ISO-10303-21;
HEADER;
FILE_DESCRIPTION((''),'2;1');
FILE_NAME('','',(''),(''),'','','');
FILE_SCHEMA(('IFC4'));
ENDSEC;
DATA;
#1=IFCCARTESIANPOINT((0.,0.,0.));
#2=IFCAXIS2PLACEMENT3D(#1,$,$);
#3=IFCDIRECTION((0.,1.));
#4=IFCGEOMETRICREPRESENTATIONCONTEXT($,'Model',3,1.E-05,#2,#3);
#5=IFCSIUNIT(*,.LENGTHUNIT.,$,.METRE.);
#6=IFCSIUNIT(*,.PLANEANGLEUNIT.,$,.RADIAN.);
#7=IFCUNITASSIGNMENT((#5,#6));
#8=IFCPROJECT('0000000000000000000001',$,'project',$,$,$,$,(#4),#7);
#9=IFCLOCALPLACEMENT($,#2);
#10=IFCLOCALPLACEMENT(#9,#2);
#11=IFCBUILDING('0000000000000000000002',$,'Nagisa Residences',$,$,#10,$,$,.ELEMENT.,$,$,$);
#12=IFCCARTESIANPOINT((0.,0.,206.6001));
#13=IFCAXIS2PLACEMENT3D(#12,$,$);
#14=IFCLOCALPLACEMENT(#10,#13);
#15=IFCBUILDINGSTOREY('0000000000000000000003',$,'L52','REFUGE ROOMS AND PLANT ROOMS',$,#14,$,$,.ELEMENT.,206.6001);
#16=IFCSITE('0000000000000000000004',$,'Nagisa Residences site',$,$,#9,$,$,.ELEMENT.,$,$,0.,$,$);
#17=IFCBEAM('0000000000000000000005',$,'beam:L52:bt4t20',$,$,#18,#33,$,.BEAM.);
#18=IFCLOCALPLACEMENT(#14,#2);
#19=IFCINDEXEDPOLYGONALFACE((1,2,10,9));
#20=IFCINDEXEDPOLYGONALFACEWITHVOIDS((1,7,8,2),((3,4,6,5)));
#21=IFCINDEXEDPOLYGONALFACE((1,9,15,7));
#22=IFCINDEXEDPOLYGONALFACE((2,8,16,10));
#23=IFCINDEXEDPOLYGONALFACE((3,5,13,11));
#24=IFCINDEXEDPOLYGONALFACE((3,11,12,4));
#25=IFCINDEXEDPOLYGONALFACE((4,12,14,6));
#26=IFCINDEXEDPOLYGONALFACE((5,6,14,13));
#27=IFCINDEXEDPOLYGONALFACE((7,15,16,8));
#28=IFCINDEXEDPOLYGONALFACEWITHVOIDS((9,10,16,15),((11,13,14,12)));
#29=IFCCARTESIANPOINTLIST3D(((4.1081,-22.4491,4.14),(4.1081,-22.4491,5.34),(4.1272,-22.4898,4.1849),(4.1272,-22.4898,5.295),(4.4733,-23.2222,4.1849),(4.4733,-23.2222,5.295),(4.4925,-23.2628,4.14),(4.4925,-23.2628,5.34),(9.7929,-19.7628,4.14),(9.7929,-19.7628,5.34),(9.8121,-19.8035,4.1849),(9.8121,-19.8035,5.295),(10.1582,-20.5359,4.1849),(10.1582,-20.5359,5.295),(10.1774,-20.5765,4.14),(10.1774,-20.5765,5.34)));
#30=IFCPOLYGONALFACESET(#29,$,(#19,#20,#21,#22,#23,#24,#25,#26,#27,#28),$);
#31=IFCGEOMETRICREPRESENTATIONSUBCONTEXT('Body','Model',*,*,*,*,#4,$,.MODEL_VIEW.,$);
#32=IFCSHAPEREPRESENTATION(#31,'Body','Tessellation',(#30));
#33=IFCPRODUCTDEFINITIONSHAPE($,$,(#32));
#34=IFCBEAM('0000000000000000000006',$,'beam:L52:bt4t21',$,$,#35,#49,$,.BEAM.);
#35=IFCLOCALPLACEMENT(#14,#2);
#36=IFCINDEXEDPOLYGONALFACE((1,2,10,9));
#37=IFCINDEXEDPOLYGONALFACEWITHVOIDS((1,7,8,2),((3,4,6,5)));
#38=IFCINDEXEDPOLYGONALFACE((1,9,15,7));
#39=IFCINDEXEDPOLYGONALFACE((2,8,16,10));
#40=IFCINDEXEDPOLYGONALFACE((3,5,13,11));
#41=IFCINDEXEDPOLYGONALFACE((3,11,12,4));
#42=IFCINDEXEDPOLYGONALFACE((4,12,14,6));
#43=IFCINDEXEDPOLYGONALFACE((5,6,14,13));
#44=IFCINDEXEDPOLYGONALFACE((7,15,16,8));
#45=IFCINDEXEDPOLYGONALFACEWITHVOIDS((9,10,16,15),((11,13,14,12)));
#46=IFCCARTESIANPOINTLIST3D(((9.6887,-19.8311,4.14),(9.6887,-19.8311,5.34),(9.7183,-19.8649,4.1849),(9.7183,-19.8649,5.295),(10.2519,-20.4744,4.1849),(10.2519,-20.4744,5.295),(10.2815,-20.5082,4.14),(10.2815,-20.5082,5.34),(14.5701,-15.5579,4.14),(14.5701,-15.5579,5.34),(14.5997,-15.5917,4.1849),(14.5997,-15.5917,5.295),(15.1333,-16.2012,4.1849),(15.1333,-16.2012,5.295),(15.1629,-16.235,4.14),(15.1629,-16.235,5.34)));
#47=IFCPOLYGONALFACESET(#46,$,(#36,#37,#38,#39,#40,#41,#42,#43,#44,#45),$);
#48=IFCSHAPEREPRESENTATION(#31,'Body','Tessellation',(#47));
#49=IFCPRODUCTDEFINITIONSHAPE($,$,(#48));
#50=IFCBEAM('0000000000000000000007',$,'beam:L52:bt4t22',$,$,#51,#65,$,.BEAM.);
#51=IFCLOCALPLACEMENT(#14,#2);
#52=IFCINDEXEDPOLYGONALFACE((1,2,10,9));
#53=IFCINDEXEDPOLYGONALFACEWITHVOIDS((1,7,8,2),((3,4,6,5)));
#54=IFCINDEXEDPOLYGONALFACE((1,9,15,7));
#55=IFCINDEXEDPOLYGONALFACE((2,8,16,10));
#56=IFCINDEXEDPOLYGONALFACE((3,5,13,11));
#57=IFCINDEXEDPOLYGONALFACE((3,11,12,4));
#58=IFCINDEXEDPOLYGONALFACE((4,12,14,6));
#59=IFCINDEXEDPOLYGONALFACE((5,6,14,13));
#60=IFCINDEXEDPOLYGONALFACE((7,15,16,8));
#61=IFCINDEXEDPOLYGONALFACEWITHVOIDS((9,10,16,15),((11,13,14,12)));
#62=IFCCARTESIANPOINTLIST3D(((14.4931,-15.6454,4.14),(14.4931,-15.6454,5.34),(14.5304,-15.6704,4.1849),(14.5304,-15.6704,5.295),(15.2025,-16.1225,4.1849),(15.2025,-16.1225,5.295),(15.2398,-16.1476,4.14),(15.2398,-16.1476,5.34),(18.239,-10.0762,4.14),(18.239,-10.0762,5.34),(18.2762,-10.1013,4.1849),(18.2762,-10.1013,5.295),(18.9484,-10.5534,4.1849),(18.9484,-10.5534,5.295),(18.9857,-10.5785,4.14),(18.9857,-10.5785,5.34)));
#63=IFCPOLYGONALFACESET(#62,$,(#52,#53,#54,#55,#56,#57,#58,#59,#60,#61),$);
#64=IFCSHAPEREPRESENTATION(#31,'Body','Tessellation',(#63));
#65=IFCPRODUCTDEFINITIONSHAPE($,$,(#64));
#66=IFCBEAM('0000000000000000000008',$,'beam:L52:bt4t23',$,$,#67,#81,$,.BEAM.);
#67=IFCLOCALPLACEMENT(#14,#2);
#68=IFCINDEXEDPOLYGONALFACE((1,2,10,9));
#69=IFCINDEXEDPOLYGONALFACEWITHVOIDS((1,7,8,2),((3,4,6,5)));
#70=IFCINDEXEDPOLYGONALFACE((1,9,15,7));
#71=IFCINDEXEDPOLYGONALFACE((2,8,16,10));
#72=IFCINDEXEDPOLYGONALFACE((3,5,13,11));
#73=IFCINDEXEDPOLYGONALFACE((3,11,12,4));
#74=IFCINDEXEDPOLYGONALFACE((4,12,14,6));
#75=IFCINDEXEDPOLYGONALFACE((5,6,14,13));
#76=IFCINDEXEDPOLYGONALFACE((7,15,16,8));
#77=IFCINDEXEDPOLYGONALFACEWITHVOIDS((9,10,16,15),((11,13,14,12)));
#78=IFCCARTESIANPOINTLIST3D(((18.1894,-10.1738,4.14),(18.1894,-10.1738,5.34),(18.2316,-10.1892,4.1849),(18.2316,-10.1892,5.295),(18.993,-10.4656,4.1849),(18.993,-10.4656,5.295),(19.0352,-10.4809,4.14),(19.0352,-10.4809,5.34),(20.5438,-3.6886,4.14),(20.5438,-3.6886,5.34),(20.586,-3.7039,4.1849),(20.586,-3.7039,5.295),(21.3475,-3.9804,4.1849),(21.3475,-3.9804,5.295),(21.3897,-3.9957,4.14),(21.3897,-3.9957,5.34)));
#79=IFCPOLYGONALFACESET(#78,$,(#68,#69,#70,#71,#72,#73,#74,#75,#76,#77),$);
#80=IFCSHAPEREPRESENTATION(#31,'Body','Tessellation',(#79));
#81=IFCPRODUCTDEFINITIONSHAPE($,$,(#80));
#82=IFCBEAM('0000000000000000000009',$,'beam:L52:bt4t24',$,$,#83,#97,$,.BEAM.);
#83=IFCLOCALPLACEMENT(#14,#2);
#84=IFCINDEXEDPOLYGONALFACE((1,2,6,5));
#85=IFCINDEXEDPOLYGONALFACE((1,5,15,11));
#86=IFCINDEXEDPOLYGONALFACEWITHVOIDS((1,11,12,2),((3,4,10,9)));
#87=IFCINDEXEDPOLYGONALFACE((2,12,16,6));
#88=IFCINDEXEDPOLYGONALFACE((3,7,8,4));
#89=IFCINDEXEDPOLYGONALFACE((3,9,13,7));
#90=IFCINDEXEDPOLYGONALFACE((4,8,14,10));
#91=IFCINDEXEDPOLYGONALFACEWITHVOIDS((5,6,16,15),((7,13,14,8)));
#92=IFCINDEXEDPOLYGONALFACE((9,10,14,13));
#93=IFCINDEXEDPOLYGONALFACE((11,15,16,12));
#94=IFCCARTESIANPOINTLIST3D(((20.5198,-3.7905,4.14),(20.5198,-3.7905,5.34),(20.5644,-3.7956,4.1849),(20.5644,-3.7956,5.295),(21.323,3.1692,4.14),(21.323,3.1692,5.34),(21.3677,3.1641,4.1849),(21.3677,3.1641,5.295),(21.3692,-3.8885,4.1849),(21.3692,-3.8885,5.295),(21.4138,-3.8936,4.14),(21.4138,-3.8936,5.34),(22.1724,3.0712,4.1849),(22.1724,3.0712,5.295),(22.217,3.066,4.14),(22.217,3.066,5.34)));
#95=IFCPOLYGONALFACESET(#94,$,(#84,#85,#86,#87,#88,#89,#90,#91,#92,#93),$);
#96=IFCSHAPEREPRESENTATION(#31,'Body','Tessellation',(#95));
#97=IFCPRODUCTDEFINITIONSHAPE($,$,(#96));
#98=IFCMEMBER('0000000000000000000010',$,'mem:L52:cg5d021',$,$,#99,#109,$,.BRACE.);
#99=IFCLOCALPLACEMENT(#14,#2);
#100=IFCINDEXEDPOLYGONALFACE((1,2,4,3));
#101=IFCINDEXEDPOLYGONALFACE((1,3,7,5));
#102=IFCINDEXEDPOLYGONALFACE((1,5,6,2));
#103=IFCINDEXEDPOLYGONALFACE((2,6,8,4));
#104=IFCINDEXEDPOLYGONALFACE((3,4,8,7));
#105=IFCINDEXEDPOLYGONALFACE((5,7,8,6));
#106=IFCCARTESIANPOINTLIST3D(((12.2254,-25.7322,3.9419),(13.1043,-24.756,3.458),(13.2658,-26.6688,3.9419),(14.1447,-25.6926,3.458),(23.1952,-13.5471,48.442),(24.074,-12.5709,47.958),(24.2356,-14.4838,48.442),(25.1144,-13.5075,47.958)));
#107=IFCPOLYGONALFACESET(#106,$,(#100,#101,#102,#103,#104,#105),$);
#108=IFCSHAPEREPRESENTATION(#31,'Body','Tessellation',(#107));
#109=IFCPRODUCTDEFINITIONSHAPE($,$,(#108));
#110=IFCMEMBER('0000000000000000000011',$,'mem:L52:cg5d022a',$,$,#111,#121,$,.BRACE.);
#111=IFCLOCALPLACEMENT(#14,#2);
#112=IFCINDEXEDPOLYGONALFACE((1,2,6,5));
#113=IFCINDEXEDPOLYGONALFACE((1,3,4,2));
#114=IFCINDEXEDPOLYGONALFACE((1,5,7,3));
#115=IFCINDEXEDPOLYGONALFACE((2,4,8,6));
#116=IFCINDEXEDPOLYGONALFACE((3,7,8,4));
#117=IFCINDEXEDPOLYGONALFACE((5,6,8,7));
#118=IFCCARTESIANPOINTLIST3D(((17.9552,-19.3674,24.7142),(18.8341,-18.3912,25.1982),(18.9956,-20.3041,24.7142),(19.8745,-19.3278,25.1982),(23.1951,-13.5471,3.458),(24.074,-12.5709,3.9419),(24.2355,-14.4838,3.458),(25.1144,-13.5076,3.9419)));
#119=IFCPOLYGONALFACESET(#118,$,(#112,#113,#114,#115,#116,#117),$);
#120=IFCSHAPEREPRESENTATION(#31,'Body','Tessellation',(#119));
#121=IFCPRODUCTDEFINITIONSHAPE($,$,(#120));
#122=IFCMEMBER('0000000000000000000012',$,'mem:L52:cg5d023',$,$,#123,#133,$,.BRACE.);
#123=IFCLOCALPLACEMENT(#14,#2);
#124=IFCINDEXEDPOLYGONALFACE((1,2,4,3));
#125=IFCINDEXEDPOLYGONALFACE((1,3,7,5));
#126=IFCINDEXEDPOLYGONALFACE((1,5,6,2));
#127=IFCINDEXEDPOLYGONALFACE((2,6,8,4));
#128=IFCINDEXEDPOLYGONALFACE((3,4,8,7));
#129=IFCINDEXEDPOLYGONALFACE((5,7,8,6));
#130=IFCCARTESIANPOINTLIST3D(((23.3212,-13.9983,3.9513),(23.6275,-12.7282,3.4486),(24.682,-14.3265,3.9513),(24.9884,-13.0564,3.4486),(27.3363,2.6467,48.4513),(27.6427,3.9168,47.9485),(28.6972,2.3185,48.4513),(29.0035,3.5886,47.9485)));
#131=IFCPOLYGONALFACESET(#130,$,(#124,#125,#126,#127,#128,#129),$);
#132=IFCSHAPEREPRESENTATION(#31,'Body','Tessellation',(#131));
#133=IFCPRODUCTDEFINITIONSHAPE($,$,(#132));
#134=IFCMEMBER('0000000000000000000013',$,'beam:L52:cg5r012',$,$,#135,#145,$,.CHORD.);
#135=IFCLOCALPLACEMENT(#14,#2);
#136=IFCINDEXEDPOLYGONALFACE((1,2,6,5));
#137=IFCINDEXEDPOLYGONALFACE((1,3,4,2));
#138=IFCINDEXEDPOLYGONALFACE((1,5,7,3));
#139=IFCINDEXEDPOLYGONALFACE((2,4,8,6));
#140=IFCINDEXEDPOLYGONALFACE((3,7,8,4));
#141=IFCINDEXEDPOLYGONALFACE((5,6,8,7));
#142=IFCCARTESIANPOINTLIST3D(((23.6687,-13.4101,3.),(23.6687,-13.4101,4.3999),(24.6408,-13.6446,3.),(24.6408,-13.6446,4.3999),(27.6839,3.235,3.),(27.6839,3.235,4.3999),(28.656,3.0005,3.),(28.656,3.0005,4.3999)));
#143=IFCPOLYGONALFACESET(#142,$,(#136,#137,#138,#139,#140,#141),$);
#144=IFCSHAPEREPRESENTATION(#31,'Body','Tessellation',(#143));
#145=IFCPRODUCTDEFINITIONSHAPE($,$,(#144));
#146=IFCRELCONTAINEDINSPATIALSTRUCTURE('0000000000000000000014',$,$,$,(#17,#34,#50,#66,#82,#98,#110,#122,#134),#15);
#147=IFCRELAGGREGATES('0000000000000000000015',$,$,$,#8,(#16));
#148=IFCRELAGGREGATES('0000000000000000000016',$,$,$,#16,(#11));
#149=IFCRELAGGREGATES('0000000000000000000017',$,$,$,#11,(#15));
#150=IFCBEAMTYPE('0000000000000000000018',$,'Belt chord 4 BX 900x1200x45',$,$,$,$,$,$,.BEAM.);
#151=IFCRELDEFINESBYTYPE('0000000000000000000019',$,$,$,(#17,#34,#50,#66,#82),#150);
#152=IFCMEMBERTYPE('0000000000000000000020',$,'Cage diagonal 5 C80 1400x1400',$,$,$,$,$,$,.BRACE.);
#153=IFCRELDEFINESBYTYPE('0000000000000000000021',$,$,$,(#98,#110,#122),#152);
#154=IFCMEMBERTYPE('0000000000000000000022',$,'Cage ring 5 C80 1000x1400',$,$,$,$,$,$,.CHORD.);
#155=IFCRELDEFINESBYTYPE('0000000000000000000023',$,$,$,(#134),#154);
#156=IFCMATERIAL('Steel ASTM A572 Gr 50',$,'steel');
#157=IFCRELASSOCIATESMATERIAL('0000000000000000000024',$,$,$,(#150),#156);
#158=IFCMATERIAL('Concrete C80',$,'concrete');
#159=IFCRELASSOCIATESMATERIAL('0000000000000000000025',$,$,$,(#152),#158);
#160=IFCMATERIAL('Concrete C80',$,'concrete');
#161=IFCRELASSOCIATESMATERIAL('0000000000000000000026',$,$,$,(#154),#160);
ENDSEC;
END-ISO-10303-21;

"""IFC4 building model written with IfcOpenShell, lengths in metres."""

from ifc_helpers import new_model, si_unit, direction, frame, origin, origin_2d, place, context, subcontext, project, spatial, rectangle, hollow_rectangle, extrude, material, material_profile, profile_set, type_object, element, save


model = new_model("IFC4")

# Units and contexts
model_context = context("Model", 3, precision=1e-05, world=origin(), true_north=direction((0.0, 1.0)))
body_context = subcontext(model_context, "Body", "Model", "MODEL_VIEW")
ifc_project = project(units=[si_unit("LENGTHUNIT", "METRE"), si_unit("PLANEANGLEUNIT", "RADIAN")], contexts=[model_context])

# Site, building, storey
site_placement = place(None, origin())
site = spatial("IfcSite", under=ifc_project, at=site_placement, Name="Nagisa Residences site", CompositionType="ELEMENT", RefElevation=0.0)
building_placement = place(site_placement, origin())
building = spatial("IfcBuilding", under=site, at=building_placement, Name="Nagisa Residences", CompositionType="ELEMENT")
storey_placement = place(building_placement, frame((0.0, 0.0, 206.6001)))
storey = spatial("IfcBuildingStorey", under=building, at=storey_placement, Name="L52", Description="REFUGE ROOMS AND PLANT ROOMS", CompositionType="ELEMENT", Elevation=206.6001)

# Beams
ifc_material_1 = material(Name="Steel ASTM A572 Gr 50", Category="steel")
ifc_material_profile_1 = material_profile(ifc_material_1, hollow_rectangle(XDim=0.8999, YDim=1.2, WallThickness=0.0449, at=origin_2d()), Name="BX 900x1200x45")
ifc_profile_set_1 = profile_set([ifc_material_profile_1], Name="Steel ASTM A572 Gr 50")
beam_type = type_object("IfcBeamType", Name="Belt chord 4 BX 900x1200x45", PredefinedType="BEAM", material=ifc_profile_set_1)
beam_1_placement = place(storey_placement, frame((4.3003, -22.856, 4.74), z_axis=(0.904139, 0.427238, 0.0), x_axis=(-0.427238, 0.904139, 0.0)))
element("IfcBeam", 1, at=beam_1_placement, inside=storey, type_object=beam_type, Name="beam:L52:bt4t20", PredefinedType="BEAM", context=body_context, shape_type="SweptSolid", body=[
    extrude(hollow_rectangle(XDim=0.8999, YDim=1.2, WallThickness=0.0449, at=origin_2d()), origin(), (0.0, 0.0, 1.0), 6.2876),
])
beam_2_placement = place(storey_placement, frame((9.9851, -20.1697, 4.74), z_axis=(0.752423, 0.65868, 0.0), x_axis=(-0.65868, 0.752423, 0.0)))
element("IfcBeam", 2, at=beam_2_placement, inside=storey, type_object=beam_type, Name="beam:L52:bt4t21", PredefinedType="BEAM", context=body_context, shape_type="SweptSolid", body=[
    extrude(hollow_rectangle(XDim=0.8999, YDim=1.2, WallThickness=0.0449, at=origin_2d()), origin(), (0.0, 0.0, 1.0), 6.4875),
])
beam_3_placement = place(storey_placement, frame((14.8665, -15.8965, 4.74), z_axis=(0.558112, 0.829766, 0.0), x_axis=(-0.829766, 0.558112, 0.0)))
element("IfcBeam", 3, at=beam_3_placement, inside=storey, type_object=beam_type, Name="beam:L52:bt4t22", PredefinedType="BEAM", context=body_context, shape_type="SweptSolid", body=[
    extrude(hollow_rectangle(XDim=0.8999, YDim=1.2, WallThickness=0.0449, at=origin_2d()), origin(), (0.0, 0.0, 1.0), 6.7117),
])
beam_4_placement = place(storey_placement, frame((18.6123, -10.3274, 4.74), z_axis=(0.341254, 0.939971, 0.0), x_axis=(-0.939971, 0.341254, 0.0)))
element("IfcBeam", 4, at=beam_4_placement, inside=storey, type_object=beam_type, Name="beam:L52:bt4t23", PredefinedType="BEAM", context=body_context, shape_type="SweptSolid", body=[
    extrude(hollow_rectangle(XDim=0.8999, YDim=1.2, WallThickness=0.0449, at=origin_2d()), origin(), (0.0, 0.0, 1.0), 6.8994),
])
beam_5_placement = place(storey_placement, frame((20.9668, -3.842, 4.74), z_axis=(0.114649, 0.993406, 0.0), x_axis=(-0.993406, 0.114649, 0.0)))
element("IfcBeam", 5, at=beam_5_placement, inside=storey, type_object=beam_type, Name="beam:L52:bt4t24", PredefinedType="BEAM", context=body_context, shape_type="SweptSolid", body=[
    extrude(hollow_rectangle(XDim=0.8999, YDim=1.2, WallThickness=0.0449, at=origin_2d()), origin(), (0.0, 0.0, 1.0), 7.0059),
])

# Members
ifc_material_2 = material(Name="Concrete C80", Category="concrete")
ifc_material_profile_2 = material_profile(ifc_material_2, rectangle(XDim=1.3999, YDim=1.3999, at=origin_2d()), Name="C80 1400x1400")
ifc_profile_set_2 = profile_set([ifc_material_profile_2], Name="Concrete C80")
member_type_1 = type_object("IfcMemberType", Name="Cage diagonal 5 C80 1400x1400", PredefinedType="BRACE", material=ifc_profile_set_2)
member_1_placement = place(storey_placement, frame((13.1851, -25.7124, 3.7), z_axis=(0.23131, 0.256937, 0.938338), x_axis=(-0.743198, 0.669072, 0.0)))
element("IfcMember", 6, at=member_1_placement, inside=storey, type_object=member_type_1, Name="mem:L52:cg5d021", PredefinedType="BRACE", context=body_context, shape_type="SweptSolid", body=[
    extrude(rectangle(XDim=1.3999, YDim=1.3999, at=origin_2d()), origin(), (0.0, 0.0, 1.0), 47.4243),
])
member_2_placement = place(storey_placement, frame((24.1548, -13.5273, 3.7), z_axis=(-0.231314, -0.256932, 0.938339), x_axis=(0.743186, -0.669085, 0.0)))
element("IfcMember", 7, at=member_2_placement, inside=storey, type_object=member_type_1, Name="mem:L52:cg5d022a", PredefinedType="BRACE", context=body_context, shape_type="SweptSolid", body=[
    extrude(rectangle(XDim=1.3999, YDim=1.3999, at=origin_2d()), origin(), (0.0, 0.0, 1.0), 22.6531),
])
member_3_placement = place(storey_placement, frame((24.1548, -13.5273, 3.7), z_axis=(0.084209, 0.349095, 0.933296), x_axis=(-0.972117, 0.234496, 0.0)))
element("IfcMember", 8, at=member_3_placement, inside=storey, type_object=member_type_1, Name="mem:L52:cg5d023", PredefinedType="BRACE", context=body_context, shape_type="SweptSolid", body=[
    extrude(rectangle(XDim=1.3999, YDim=1.3999, at=origin_2d()), origin(), (0.0, 0.0, 1.0), 47.6804),
])
ifc_material_3 = material(Name="Concrete C80", Category="concrete")
ifc_material_profile_3 = material_profile(ifc_material_3, rectangle(XDim=1.0, YDim=1.3999, at=origin_2d()), Name="C80 1000x1400")
ifc_profile_set_3 = profile_set([ifc_material_profile_3], Name="Concrete C80")
member_type_2 = type_object("IfcMemberType", Name="Cage ring 5 C80 1000x1400", PredefinedType="CHORD", material=ifc_profile_set_3)
member_4_placement = place(storey_placement, frame((24.1548, -13.5273, 3.7), z_axis=(0.234496, 0.972117, 0.0), x_axis=(-0.972117, 0.234496, 0.0)))
element("IfcMember", 9, at=member_4_placement, inside=storey, type_object=member_type_2, Name="beam:L52:cg5r012", PredefinedType="CHORD", context=body_context, shape_type="SweptSolid", body=[
    extrude(rectangle(XDim=1.0, YDim=1.3999, at=origin_2d()), origin(), (0.0, 0.0, 1.0), 17.1226),
])

save(model, "model.ifc")
